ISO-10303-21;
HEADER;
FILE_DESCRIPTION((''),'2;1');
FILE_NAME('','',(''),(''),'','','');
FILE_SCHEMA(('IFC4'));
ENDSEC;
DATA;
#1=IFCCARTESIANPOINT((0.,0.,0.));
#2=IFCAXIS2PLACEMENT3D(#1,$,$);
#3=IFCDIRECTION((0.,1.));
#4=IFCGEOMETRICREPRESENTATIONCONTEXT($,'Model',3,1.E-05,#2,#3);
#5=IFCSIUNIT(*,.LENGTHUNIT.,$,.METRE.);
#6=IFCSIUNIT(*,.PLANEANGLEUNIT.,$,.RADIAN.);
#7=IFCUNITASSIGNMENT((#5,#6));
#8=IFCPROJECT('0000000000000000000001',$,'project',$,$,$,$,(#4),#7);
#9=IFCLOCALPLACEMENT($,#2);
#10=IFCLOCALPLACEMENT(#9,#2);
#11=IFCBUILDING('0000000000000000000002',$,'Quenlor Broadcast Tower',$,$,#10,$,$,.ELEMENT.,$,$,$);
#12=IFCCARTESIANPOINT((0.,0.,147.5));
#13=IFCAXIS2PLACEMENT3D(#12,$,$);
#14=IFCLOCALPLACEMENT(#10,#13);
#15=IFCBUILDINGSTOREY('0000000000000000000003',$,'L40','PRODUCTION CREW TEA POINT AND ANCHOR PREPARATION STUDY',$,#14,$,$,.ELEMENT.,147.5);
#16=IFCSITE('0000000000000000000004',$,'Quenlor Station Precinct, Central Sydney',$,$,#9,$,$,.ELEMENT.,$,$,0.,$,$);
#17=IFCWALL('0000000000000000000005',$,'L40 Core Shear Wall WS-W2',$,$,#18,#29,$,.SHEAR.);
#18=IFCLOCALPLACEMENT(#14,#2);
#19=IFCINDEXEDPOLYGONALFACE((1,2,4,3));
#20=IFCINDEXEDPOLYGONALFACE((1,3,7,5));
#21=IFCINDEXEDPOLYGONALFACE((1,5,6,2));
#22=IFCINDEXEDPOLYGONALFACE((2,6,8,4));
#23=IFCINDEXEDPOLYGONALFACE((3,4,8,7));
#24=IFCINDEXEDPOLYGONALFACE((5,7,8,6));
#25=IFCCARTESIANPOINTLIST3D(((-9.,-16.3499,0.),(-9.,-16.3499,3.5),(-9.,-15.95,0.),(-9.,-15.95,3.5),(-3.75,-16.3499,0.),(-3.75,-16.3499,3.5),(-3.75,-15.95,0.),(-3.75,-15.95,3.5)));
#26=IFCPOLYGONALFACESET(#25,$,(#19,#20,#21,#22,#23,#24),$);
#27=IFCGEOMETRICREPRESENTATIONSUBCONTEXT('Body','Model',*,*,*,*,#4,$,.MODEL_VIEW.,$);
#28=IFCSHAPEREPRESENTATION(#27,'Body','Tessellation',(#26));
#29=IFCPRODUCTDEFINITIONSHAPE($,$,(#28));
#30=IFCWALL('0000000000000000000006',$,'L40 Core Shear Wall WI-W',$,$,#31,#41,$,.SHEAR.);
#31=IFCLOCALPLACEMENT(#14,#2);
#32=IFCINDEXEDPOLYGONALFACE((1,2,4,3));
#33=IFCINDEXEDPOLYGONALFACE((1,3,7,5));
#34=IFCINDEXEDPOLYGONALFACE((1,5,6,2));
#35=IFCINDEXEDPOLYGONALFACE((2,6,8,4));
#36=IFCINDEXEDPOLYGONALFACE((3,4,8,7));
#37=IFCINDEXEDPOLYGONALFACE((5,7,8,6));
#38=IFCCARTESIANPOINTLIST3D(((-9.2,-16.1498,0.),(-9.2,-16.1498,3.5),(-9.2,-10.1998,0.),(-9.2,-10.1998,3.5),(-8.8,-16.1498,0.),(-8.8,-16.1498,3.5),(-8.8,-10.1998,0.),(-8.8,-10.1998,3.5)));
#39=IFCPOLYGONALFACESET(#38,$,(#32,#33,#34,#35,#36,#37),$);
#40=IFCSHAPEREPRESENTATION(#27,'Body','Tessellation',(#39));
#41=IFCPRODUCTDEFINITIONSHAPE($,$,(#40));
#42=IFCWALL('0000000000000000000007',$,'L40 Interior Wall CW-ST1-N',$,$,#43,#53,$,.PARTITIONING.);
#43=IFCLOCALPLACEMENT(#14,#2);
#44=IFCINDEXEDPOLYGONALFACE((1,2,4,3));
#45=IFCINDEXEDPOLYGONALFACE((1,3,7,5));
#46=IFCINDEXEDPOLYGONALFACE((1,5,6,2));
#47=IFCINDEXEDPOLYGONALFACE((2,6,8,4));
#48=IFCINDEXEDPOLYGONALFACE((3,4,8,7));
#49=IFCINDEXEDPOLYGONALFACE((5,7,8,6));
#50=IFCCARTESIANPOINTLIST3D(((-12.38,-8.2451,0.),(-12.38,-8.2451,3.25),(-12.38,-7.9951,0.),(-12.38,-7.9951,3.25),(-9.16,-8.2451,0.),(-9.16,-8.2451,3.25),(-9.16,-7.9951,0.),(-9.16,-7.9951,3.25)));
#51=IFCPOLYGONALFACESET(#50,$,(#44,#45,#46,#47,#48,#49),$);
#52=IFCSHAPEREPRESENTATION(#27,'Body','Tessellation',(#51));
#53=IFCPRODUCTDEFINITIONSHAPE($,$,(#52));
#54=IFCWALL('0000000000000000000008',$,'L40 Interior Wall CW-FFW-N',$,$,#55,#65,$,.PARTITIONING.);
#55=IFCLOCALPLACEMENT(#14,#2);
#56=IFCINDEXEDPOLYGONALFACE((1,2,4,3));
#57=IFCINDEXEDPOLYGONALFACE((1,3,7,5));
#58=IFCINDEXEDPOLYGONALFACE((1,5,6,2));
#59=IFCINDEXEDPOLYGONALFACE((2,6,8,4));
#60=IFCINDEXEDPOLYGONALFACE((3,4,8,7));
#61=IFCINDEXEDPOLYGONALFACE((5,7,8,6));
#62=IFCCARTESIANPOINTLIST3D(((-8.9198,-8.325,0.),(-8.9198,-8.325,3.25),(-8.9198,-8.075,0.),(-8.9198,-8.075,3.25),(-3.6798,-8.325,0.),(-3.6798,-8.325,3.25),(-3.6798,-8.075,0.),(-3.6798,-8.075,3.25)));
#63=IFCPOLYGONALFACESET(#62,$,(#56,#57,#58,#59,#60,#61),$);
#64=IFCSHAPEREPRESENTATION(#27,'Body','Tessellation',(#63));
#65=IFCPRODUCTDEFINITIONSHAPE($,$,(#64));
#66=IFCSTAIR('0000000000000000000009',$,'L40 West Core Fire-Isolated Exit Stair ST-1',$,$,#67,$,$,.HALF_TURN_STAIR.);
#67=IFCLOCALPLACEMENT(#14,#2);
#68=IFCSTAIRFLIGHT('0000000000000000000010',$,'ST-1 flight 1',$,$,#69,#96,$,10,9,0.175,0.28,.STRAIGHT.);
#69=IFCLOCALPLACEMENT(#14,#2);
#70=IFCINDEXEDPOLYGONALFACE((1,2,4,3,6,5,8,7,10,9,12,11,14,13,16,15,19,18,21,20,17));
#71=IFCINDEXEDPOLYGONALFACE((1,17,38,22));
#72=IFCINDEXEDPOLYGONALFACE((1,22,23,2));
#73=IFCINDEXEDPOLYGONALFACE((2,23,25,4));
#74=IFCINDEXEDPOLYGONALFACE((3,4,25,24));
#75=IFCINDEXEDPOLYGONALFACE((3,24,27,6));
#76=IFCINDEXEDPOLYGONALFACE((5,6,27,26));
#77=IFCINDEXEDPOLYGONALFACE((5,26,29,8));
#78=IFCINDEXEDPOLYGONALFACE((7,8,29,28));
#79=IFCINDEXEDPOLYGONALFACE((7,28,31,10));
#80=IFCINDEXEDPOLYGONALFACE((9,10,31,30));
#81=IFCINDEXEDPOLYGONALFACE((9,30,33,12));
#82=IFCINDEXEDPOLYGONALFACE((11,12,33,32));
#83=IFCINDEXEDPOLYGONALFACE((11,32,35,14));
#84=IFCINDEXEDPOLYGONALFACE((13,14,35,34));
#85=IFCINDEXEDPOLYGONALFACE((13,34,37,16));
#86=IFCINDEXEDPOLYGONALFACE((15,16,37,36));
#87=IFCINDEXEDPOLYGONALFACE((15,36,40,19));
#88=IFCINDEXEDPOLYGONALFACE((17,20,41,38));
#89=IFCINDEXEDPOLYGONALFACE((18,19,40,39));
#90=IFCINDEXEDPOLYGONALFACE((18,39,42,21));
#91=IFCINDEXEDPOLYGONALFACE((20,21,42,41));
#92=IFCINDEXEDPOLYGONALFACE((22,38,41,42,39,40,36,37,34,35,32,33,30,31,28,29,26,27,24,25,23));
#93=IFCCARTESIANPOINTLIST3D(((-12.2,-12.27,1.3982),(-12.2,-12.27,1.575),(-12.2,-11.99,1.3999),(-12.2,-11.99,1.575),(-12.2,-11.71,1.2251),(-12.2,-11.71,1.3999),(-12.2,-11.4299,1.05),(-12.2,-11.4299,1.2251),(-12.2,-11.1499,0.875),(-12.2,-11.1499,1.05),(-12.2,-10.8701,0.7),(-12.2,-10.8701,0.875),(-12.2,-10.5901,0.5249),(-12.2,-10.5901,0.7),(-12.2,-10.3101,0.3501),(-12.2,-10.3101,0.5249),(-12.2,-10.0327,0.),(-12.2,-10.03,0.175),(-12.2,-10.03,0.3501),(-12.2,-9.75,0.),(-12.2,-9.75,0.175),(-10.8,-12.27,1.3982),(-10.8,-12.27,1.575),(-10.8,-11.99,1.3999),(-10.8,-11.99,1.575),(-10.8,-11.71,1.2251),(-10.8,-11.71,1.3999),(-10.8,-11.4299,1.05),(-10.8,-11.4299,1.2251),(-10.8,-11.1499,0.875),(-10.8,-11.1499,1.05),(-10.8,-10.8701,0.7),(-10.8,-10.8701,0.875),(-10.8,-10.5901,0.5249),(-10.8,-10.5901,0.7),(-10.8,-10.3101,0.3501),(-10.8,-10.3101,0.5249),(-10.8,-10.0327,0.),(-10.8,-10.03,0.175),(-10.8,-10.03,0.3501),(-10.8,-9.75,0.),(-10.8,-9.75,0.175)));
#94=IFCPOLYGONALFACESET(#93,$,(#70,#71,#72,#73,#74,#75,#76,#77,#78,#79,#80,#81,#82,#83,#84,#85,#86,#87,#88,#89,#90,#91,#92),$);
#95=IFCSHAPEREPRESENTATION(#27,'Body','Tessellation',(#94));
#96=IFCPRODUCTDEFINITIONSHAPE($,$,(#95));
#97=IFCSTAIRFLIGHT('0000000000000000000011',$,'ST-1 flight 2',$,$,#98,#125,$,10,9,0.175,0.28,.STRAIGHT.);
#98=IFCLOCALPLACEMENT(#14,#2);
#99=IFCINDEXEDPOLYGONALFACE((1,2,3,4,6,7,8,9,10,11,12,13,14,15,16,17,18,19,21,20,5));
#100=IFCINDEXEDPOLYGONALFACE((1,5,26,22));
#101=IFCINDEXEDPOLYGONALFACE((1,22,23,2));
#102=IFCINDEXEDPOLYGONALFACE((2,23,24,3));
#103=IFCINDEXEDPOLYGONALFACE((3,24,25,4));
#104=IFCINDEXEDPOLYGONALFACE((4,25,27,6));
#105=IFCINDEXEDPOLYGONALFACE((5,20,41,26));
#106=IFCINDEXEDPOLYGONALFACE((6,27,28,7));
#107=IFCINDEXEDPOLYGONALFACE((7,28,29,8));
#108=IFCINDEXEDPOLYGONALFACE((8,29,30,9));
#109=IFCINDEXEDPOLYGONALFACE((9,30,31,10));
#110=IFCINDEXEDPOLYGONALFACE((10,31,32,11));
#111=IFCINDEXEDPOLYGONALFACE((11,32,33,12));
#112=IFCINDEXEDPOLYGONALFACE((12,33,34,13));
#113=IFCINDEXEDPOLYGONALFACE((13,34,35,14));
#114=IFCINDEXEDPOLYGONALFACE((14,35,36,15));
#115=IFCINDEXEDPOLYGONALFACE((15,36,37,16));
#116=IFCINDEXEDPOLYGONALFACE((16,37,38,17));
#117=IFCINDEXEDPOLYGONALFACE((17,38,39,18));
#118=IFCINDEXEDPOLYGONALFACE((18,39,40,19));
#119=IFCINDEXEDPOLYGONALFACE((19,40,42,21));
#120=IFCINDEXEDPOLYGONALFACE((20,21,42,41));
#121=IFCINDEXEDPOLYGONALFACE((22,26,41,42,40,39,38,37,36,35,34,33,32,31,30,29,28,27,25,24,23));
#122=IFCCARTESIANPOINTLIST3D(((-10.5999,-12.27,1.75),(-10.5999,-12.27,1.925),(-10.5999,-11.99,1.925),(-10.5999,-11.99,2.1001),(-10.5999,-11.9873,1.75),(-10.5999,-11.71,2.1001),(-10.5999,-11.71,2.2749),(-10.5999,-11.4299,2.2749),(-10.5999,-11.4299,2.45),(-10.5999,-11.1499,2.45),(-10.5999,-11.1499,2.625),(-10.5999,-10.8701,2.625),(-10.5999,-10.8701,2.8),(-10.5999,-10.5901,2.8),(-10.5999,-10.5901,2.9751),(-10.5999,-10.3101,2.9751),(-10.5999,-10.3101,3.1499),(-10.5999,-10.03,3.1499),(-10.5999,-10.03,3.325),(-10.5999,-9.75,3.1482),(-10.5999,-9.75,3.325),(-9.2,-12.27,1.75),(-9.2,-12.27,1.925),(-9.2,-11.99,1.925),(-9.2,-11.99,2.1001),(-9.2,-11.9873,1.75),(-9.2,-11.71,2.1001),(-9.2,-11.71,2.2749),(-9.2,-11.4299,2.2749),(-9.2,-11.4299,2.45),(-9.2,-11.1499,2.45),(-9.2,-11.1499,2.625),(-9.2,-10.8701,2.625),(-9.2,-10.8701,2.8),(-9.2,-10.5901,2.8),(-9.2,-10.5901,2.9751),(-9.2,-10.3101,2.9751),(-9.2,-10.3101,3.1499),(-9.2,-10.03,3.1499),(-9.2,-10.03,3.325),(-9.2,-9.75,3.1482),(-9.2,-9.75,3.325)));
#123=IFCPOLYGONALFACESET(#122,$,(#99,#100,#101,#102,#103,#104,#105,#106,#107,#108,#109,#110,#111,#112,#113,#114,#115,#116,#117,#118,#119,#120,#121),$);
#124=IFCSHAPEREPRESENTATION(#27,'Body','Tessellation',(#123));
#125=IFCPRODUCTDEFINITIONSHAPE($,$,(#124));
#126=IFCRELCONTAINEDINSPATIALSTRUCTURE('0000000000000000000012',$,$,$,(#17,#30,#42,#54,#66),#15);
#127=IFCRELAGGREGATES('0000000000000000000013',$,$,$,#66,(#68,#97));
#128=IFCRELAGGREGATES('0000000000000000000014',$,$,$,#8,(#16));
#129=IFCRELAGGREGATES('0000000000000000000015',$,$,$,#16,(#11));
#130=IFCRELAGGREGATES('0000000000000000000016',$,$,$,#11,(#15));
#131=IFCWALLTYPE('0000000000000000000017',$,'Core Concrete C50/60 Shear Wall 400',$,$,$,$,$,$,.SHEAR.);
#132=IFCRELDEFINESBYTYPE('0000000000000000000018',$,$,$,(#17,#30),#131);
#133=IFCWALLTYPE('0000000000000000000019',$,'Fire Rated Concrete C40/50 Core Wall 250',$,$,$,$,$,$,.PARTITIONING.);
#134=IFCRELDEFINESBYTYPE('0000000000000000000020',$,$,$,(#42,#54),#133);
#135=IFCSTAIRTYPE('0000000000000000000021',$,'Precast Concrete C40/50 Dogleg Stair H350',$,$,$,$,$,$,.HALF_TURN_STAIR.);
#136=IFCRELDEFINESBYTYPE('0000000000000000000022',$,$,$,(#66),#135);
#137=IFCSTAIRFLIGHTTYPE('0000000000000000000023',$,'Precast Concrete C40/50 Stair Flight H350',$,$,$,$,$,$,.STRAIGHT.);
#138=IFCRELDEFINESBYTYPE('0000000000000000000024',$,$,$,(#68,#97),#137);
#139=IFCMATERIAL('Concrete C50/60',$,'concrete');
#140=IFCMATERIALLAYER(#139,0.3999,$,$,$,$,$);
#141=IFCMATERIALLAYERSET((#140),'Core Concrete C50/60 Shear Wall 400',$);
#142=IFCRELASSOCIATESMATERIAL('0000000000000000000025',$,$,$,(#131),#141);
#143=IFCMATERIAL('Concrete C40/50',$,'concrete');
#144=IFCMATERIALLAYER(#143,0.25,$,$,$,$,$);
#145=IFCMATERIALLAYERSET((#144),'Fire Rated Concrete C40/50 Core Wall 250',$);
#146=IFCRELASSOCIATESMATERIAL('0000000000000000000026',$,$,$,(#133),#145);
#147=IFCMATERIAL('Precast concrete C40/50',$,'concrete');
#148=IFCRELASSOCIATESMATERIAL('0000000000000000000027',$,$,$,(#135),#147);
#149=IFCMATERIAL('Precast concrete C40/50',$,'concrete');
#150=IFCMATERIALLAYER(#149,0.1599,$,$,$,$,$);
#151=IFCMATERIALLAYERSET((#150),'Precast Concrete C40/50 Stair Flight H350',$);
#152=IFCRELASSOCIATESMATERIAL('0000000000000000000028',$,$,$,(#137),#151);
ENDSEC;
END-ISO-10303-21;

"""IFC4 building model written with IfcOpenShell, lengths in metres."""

from ifc_helpers import new_model, si_unit, direction, frame, frame_2d, origin, place, context, subcontext, project, spatial, polyline, rectangle, outline, extrude, material, layer, layer_set, type_object, element, aggregate, save


model = new_model("IFC4")

# Units and contexts
model_context = context("Model", 3, precision=1e-05, world=origin(), true_north=direction((0.0, 1.0)))
body_context = subcontext(model_context, "Body", "Model", "MODEL_VIEW")
ifc_project = project(units=[si_unit("LENGTHUNIT", "METRE"), si_unit("PLANEANGLEUNIT", "RADIAN")], contexts=[model_context])

# Site, building, storey
site_placement = place(None, origin())
site = spatial("IfcSite", under=ifc_project, at=site_placement, Name="Quenlor Station Precinct, Central Sydney", CompositionType="ELEMENT", RefElevation=0.0)
building_placement = place(site_placement, origin())
building = spatial("IfcBuilding", under=site, at=building_placement, Name="Quenlor Broadcast Tower", CompositionType="ELEMENT")
storey_placement = place(building_placement, frame((0.0, 0.0, 147.5)))
storey = spatial("IfcBuildingStorey", under=building, at=storey_placement, Name="L40", Description="PRODUCTION CREW TEA POINT AND ANCHOR PREPARATION STUDY", CompositionType="ELEMENT", Elevation=147.5)

# Walls
ifc_material_1 = material(Name="Concrete C50/60", Category="concrete")
ifc_layer_1 = layer(ifc_material_1, 0.3999)
ifc_layer_set_1 = layer_set([ifc_layer_1], Name="Core Concrete C50/60 Shear Wall 400")
wall_type_1 = type_object("IfcWallType", Name="Core Concrete C50/60 Shear Wall 400", PredefinedType="SHEAR", material=ifc_layer_set_1)
wall_1_placement = place(storey_placement, frame((-9.0, -16.1499, 0.0), z_axis=(0.0, 0.0, 1.0), x_axis=(1.0, 0.0, 0.0)))
element("IfcWall", 1, at=wall_1_placement, inside=storey, type_object=wall_type_1, Name="L40 Core Shear Wall WS-W2", PredefinedType="SHEAR", context=body_context, shape_type="SweptSolid", body=[
    extrude(rectangle(XDim=5.25, YDim=0.3999, at=frame_2d((2.625, 0.0))), origin(), (0.0, 0.0, 1.0), 3.5),
])
wall_2_placement = place(storey_placement, frame((-9.0, -16.1499, 0.0), z_axis=(0.0, 0.0, 1.0), x_axis=(0.0, 1.0, 0.0)))
element("IfcWall", 2, at=wall_2_placement, inside=storey, type_object=wall_type_1, Name="L40 Core Shear Wall WI-W", PredefinedType="SHEAR", context=body_context, shape_type="SweptSolid", body=[
    extrude(rectangle(XDim=5.95, YDim=0.3999, at=frame_2d((2.9751, 0.0))), origin(), (0.0, 0.0, 1.0), 3.5),
])

# Shared definitions
ifc_material_2 = material(Name="Concrete C40/50", Category="concrete")
ifc_layer_2 = layer(ifc_material_2, 0.25)
ifc_layer_set_2 = layer_set([ifc_layer_2], Name="Fire Rated Concrete C40/50 Core Wall 250")
wall_type_2 = type_object("IfcWallType", Name="Fire Rated Concrete C40/50 Core Wall 250", PredefinedType="PARTITIONING", material=ifc_layer_set_2)

# Walls
wall_3_placement = place(storey_placement, frame((-12.3799, -8.1201, 0.0), z_axis=(0.0, 0.0, 1.0), x_axis=(1.0, 0.0, 0.0)))
element("IfcWall", 3, at=wall_3_placement, inside=storey, type_object=wall_type_2, Name="L40 Interior Wall CW-ST1-N", PredefinedType="PARTITIONING", context=body_context, shape_type="SweptSolid", body=[
    extrude(rectangle(XDim=3.22, YDim=0.25, at=frame_2d((1.6099, 0.0))), origin(), (0.0, 0.0, 1.0), 3.25),
])
wall_4_placement = place(storey_placement, frame((-8.9199, -8.2, 0.0), z_axis=(0.0, 0.0, 1.0), x_axis=(1.0, 0.0, 0.0)))
element("IfcWall", 4, at=wall_4_placement, inside=storey, type_object=wall_type_2, Name="L40 Interior Wall CW-FFW-N", PredefinedType="PARTITIONING", context=body_context, shape_type="SweptSolid", body=[
    extrude(rectangle(XDim=5.24, YDim=0.25, at=frame_2d((2.6201, 0.0))), origin(), (0.0, 0.0, 1.0), 3.25),
])

# Stair, stair flights
ifc_material_3 = material(Name="Precast concrete C40/50", Category="concrete")
stair_type = type_object("IfcStairType", Name="Precast Concrete C40/50 Dogleg Stair H350", PredefinedType="HALF_TURN_STAIR", material=ifc_material_3)
stair_placement = place(storey_placement, origin())
stair = element("IfcStair", 5, at=stair_placement, inside=storey, type_object=stair_type, Name="L40 West Core Fire-Isolated Exit Stair ST-1", PredefinedType="HALF_TURN_STAIR")
ifc_material_4 = material(Name="Precast concrete C40/50", Category="concrete")
ifc_layer_3 = layer(ifc_material_4, 0.1599)
ifc_layer_set_3 = layer_set([ifc_layer_3], Name="Precast Concrete C40/50 Stair Flight H350")
stair_flight_type = type_object("IfcStairFlightType", Name="Precast Concrete C40/50 Stair Flight H350", PredefinedType="STRAIGHT", material=ifc_layer_set_3)
stair_flight_1_placement = place(storey_placement, frame((-11.5, -9.75, 0.0), z_axis=(0.0, 0.0, 1.0), x_axis=(0.0, -1.0, 0.0)))
stair_flight_1 = element("IfcStairFlight", 6, at=stair_flight_1_placement, type_object=stair_flight_type, Name="ST-1 flight 1", NumberOfRisers=10, NumberOfTreads=9, PredefinedType="STRAIGHT", RiserHeight=0.175, TreadLength=0.28, context=body_context, shape_type="SweptSolid", body=[
    extrude(outline(polyline([(0.0, 0.0), (0.0, 0.175), (0.28, 0.175), (0.28, 0.3501), (0.5601, 0.3501), (0.5601, 0.5249), (0.8401, 0.5249), (0.8401, 0.7), (1.1201, 0.7), (1.1201, 0.875), (1.3999, 0.875), (1.3999, 1.05), (1.6799, 1.05), (1.6799, 1.2251), (1.96, 1.2251), (1.96, 1.3999), (2.24, 1.3999), (2.24, 1.575), (2.52, 1.575), (2.52, 1.75), (2.52, 1.3982), (0.2827, 0.0), (0.0, 0.0)])), frame((0.0, 0.7, 0.0), z_axis=(0.0, -1.0, 0.0), x_axis=(1.0, 0.0, 0.0)), (0.0, 0.0, 1.0), 1.3999),
])
stair_flight_2_placement = place(storey_placement, frame((-9.8999, -12.27, 1.75), z_axis=(0.0, 0.0, 1.0), x_axis=(0.0, 1.0, 0.0)))
stair_flight_2 = element("IfcStairFlight", 7, at=stair_flight_2_placement, type_object=stair_flight_type, Name="ST-1 flight 2", NumberOfRisers=10, NumberOfTreads=9, PredefinedType="STRAIGHT", RiserHeight=0.175, TreadLength=0.28, context=body_context, shape_type="SweptSolid", body=[
    extrude(outline(polyline([(0.0, 0.0), (0.0, 0.175), (0.28, 0.175), (0.28, 0.3501), (0.5601, 0.3501), (0.5601, 0.5249), (0.8401, 0.5249), (0.8401, 0.7), (1.1201, 0.7), (1.1201, 0.875), (1.3999, 0.875), (1.3999, 1.05), (1.6799, 1.05), (1.6799, 1.2251), (1.96, 1.2251), (1.96, 1.3999), (2.24, 1.3999), (2.24, 1.575), (2.52, 1.575), (2.52, 1.75), (2.52, 1.3982), (0.2827, 0.0), (0.0, 0.0)])), frame((0.0, 0.7, 0.0), z_axis=(0.0, -1.0, 0.0), x_axis=(1.0, 0.0, 0.0)), (0.0, 0.0, 1.0), 1.3999),
])
aggregate(stair, [stair_flight_1, stair_flight_2])

save(model, "model.ifc")
